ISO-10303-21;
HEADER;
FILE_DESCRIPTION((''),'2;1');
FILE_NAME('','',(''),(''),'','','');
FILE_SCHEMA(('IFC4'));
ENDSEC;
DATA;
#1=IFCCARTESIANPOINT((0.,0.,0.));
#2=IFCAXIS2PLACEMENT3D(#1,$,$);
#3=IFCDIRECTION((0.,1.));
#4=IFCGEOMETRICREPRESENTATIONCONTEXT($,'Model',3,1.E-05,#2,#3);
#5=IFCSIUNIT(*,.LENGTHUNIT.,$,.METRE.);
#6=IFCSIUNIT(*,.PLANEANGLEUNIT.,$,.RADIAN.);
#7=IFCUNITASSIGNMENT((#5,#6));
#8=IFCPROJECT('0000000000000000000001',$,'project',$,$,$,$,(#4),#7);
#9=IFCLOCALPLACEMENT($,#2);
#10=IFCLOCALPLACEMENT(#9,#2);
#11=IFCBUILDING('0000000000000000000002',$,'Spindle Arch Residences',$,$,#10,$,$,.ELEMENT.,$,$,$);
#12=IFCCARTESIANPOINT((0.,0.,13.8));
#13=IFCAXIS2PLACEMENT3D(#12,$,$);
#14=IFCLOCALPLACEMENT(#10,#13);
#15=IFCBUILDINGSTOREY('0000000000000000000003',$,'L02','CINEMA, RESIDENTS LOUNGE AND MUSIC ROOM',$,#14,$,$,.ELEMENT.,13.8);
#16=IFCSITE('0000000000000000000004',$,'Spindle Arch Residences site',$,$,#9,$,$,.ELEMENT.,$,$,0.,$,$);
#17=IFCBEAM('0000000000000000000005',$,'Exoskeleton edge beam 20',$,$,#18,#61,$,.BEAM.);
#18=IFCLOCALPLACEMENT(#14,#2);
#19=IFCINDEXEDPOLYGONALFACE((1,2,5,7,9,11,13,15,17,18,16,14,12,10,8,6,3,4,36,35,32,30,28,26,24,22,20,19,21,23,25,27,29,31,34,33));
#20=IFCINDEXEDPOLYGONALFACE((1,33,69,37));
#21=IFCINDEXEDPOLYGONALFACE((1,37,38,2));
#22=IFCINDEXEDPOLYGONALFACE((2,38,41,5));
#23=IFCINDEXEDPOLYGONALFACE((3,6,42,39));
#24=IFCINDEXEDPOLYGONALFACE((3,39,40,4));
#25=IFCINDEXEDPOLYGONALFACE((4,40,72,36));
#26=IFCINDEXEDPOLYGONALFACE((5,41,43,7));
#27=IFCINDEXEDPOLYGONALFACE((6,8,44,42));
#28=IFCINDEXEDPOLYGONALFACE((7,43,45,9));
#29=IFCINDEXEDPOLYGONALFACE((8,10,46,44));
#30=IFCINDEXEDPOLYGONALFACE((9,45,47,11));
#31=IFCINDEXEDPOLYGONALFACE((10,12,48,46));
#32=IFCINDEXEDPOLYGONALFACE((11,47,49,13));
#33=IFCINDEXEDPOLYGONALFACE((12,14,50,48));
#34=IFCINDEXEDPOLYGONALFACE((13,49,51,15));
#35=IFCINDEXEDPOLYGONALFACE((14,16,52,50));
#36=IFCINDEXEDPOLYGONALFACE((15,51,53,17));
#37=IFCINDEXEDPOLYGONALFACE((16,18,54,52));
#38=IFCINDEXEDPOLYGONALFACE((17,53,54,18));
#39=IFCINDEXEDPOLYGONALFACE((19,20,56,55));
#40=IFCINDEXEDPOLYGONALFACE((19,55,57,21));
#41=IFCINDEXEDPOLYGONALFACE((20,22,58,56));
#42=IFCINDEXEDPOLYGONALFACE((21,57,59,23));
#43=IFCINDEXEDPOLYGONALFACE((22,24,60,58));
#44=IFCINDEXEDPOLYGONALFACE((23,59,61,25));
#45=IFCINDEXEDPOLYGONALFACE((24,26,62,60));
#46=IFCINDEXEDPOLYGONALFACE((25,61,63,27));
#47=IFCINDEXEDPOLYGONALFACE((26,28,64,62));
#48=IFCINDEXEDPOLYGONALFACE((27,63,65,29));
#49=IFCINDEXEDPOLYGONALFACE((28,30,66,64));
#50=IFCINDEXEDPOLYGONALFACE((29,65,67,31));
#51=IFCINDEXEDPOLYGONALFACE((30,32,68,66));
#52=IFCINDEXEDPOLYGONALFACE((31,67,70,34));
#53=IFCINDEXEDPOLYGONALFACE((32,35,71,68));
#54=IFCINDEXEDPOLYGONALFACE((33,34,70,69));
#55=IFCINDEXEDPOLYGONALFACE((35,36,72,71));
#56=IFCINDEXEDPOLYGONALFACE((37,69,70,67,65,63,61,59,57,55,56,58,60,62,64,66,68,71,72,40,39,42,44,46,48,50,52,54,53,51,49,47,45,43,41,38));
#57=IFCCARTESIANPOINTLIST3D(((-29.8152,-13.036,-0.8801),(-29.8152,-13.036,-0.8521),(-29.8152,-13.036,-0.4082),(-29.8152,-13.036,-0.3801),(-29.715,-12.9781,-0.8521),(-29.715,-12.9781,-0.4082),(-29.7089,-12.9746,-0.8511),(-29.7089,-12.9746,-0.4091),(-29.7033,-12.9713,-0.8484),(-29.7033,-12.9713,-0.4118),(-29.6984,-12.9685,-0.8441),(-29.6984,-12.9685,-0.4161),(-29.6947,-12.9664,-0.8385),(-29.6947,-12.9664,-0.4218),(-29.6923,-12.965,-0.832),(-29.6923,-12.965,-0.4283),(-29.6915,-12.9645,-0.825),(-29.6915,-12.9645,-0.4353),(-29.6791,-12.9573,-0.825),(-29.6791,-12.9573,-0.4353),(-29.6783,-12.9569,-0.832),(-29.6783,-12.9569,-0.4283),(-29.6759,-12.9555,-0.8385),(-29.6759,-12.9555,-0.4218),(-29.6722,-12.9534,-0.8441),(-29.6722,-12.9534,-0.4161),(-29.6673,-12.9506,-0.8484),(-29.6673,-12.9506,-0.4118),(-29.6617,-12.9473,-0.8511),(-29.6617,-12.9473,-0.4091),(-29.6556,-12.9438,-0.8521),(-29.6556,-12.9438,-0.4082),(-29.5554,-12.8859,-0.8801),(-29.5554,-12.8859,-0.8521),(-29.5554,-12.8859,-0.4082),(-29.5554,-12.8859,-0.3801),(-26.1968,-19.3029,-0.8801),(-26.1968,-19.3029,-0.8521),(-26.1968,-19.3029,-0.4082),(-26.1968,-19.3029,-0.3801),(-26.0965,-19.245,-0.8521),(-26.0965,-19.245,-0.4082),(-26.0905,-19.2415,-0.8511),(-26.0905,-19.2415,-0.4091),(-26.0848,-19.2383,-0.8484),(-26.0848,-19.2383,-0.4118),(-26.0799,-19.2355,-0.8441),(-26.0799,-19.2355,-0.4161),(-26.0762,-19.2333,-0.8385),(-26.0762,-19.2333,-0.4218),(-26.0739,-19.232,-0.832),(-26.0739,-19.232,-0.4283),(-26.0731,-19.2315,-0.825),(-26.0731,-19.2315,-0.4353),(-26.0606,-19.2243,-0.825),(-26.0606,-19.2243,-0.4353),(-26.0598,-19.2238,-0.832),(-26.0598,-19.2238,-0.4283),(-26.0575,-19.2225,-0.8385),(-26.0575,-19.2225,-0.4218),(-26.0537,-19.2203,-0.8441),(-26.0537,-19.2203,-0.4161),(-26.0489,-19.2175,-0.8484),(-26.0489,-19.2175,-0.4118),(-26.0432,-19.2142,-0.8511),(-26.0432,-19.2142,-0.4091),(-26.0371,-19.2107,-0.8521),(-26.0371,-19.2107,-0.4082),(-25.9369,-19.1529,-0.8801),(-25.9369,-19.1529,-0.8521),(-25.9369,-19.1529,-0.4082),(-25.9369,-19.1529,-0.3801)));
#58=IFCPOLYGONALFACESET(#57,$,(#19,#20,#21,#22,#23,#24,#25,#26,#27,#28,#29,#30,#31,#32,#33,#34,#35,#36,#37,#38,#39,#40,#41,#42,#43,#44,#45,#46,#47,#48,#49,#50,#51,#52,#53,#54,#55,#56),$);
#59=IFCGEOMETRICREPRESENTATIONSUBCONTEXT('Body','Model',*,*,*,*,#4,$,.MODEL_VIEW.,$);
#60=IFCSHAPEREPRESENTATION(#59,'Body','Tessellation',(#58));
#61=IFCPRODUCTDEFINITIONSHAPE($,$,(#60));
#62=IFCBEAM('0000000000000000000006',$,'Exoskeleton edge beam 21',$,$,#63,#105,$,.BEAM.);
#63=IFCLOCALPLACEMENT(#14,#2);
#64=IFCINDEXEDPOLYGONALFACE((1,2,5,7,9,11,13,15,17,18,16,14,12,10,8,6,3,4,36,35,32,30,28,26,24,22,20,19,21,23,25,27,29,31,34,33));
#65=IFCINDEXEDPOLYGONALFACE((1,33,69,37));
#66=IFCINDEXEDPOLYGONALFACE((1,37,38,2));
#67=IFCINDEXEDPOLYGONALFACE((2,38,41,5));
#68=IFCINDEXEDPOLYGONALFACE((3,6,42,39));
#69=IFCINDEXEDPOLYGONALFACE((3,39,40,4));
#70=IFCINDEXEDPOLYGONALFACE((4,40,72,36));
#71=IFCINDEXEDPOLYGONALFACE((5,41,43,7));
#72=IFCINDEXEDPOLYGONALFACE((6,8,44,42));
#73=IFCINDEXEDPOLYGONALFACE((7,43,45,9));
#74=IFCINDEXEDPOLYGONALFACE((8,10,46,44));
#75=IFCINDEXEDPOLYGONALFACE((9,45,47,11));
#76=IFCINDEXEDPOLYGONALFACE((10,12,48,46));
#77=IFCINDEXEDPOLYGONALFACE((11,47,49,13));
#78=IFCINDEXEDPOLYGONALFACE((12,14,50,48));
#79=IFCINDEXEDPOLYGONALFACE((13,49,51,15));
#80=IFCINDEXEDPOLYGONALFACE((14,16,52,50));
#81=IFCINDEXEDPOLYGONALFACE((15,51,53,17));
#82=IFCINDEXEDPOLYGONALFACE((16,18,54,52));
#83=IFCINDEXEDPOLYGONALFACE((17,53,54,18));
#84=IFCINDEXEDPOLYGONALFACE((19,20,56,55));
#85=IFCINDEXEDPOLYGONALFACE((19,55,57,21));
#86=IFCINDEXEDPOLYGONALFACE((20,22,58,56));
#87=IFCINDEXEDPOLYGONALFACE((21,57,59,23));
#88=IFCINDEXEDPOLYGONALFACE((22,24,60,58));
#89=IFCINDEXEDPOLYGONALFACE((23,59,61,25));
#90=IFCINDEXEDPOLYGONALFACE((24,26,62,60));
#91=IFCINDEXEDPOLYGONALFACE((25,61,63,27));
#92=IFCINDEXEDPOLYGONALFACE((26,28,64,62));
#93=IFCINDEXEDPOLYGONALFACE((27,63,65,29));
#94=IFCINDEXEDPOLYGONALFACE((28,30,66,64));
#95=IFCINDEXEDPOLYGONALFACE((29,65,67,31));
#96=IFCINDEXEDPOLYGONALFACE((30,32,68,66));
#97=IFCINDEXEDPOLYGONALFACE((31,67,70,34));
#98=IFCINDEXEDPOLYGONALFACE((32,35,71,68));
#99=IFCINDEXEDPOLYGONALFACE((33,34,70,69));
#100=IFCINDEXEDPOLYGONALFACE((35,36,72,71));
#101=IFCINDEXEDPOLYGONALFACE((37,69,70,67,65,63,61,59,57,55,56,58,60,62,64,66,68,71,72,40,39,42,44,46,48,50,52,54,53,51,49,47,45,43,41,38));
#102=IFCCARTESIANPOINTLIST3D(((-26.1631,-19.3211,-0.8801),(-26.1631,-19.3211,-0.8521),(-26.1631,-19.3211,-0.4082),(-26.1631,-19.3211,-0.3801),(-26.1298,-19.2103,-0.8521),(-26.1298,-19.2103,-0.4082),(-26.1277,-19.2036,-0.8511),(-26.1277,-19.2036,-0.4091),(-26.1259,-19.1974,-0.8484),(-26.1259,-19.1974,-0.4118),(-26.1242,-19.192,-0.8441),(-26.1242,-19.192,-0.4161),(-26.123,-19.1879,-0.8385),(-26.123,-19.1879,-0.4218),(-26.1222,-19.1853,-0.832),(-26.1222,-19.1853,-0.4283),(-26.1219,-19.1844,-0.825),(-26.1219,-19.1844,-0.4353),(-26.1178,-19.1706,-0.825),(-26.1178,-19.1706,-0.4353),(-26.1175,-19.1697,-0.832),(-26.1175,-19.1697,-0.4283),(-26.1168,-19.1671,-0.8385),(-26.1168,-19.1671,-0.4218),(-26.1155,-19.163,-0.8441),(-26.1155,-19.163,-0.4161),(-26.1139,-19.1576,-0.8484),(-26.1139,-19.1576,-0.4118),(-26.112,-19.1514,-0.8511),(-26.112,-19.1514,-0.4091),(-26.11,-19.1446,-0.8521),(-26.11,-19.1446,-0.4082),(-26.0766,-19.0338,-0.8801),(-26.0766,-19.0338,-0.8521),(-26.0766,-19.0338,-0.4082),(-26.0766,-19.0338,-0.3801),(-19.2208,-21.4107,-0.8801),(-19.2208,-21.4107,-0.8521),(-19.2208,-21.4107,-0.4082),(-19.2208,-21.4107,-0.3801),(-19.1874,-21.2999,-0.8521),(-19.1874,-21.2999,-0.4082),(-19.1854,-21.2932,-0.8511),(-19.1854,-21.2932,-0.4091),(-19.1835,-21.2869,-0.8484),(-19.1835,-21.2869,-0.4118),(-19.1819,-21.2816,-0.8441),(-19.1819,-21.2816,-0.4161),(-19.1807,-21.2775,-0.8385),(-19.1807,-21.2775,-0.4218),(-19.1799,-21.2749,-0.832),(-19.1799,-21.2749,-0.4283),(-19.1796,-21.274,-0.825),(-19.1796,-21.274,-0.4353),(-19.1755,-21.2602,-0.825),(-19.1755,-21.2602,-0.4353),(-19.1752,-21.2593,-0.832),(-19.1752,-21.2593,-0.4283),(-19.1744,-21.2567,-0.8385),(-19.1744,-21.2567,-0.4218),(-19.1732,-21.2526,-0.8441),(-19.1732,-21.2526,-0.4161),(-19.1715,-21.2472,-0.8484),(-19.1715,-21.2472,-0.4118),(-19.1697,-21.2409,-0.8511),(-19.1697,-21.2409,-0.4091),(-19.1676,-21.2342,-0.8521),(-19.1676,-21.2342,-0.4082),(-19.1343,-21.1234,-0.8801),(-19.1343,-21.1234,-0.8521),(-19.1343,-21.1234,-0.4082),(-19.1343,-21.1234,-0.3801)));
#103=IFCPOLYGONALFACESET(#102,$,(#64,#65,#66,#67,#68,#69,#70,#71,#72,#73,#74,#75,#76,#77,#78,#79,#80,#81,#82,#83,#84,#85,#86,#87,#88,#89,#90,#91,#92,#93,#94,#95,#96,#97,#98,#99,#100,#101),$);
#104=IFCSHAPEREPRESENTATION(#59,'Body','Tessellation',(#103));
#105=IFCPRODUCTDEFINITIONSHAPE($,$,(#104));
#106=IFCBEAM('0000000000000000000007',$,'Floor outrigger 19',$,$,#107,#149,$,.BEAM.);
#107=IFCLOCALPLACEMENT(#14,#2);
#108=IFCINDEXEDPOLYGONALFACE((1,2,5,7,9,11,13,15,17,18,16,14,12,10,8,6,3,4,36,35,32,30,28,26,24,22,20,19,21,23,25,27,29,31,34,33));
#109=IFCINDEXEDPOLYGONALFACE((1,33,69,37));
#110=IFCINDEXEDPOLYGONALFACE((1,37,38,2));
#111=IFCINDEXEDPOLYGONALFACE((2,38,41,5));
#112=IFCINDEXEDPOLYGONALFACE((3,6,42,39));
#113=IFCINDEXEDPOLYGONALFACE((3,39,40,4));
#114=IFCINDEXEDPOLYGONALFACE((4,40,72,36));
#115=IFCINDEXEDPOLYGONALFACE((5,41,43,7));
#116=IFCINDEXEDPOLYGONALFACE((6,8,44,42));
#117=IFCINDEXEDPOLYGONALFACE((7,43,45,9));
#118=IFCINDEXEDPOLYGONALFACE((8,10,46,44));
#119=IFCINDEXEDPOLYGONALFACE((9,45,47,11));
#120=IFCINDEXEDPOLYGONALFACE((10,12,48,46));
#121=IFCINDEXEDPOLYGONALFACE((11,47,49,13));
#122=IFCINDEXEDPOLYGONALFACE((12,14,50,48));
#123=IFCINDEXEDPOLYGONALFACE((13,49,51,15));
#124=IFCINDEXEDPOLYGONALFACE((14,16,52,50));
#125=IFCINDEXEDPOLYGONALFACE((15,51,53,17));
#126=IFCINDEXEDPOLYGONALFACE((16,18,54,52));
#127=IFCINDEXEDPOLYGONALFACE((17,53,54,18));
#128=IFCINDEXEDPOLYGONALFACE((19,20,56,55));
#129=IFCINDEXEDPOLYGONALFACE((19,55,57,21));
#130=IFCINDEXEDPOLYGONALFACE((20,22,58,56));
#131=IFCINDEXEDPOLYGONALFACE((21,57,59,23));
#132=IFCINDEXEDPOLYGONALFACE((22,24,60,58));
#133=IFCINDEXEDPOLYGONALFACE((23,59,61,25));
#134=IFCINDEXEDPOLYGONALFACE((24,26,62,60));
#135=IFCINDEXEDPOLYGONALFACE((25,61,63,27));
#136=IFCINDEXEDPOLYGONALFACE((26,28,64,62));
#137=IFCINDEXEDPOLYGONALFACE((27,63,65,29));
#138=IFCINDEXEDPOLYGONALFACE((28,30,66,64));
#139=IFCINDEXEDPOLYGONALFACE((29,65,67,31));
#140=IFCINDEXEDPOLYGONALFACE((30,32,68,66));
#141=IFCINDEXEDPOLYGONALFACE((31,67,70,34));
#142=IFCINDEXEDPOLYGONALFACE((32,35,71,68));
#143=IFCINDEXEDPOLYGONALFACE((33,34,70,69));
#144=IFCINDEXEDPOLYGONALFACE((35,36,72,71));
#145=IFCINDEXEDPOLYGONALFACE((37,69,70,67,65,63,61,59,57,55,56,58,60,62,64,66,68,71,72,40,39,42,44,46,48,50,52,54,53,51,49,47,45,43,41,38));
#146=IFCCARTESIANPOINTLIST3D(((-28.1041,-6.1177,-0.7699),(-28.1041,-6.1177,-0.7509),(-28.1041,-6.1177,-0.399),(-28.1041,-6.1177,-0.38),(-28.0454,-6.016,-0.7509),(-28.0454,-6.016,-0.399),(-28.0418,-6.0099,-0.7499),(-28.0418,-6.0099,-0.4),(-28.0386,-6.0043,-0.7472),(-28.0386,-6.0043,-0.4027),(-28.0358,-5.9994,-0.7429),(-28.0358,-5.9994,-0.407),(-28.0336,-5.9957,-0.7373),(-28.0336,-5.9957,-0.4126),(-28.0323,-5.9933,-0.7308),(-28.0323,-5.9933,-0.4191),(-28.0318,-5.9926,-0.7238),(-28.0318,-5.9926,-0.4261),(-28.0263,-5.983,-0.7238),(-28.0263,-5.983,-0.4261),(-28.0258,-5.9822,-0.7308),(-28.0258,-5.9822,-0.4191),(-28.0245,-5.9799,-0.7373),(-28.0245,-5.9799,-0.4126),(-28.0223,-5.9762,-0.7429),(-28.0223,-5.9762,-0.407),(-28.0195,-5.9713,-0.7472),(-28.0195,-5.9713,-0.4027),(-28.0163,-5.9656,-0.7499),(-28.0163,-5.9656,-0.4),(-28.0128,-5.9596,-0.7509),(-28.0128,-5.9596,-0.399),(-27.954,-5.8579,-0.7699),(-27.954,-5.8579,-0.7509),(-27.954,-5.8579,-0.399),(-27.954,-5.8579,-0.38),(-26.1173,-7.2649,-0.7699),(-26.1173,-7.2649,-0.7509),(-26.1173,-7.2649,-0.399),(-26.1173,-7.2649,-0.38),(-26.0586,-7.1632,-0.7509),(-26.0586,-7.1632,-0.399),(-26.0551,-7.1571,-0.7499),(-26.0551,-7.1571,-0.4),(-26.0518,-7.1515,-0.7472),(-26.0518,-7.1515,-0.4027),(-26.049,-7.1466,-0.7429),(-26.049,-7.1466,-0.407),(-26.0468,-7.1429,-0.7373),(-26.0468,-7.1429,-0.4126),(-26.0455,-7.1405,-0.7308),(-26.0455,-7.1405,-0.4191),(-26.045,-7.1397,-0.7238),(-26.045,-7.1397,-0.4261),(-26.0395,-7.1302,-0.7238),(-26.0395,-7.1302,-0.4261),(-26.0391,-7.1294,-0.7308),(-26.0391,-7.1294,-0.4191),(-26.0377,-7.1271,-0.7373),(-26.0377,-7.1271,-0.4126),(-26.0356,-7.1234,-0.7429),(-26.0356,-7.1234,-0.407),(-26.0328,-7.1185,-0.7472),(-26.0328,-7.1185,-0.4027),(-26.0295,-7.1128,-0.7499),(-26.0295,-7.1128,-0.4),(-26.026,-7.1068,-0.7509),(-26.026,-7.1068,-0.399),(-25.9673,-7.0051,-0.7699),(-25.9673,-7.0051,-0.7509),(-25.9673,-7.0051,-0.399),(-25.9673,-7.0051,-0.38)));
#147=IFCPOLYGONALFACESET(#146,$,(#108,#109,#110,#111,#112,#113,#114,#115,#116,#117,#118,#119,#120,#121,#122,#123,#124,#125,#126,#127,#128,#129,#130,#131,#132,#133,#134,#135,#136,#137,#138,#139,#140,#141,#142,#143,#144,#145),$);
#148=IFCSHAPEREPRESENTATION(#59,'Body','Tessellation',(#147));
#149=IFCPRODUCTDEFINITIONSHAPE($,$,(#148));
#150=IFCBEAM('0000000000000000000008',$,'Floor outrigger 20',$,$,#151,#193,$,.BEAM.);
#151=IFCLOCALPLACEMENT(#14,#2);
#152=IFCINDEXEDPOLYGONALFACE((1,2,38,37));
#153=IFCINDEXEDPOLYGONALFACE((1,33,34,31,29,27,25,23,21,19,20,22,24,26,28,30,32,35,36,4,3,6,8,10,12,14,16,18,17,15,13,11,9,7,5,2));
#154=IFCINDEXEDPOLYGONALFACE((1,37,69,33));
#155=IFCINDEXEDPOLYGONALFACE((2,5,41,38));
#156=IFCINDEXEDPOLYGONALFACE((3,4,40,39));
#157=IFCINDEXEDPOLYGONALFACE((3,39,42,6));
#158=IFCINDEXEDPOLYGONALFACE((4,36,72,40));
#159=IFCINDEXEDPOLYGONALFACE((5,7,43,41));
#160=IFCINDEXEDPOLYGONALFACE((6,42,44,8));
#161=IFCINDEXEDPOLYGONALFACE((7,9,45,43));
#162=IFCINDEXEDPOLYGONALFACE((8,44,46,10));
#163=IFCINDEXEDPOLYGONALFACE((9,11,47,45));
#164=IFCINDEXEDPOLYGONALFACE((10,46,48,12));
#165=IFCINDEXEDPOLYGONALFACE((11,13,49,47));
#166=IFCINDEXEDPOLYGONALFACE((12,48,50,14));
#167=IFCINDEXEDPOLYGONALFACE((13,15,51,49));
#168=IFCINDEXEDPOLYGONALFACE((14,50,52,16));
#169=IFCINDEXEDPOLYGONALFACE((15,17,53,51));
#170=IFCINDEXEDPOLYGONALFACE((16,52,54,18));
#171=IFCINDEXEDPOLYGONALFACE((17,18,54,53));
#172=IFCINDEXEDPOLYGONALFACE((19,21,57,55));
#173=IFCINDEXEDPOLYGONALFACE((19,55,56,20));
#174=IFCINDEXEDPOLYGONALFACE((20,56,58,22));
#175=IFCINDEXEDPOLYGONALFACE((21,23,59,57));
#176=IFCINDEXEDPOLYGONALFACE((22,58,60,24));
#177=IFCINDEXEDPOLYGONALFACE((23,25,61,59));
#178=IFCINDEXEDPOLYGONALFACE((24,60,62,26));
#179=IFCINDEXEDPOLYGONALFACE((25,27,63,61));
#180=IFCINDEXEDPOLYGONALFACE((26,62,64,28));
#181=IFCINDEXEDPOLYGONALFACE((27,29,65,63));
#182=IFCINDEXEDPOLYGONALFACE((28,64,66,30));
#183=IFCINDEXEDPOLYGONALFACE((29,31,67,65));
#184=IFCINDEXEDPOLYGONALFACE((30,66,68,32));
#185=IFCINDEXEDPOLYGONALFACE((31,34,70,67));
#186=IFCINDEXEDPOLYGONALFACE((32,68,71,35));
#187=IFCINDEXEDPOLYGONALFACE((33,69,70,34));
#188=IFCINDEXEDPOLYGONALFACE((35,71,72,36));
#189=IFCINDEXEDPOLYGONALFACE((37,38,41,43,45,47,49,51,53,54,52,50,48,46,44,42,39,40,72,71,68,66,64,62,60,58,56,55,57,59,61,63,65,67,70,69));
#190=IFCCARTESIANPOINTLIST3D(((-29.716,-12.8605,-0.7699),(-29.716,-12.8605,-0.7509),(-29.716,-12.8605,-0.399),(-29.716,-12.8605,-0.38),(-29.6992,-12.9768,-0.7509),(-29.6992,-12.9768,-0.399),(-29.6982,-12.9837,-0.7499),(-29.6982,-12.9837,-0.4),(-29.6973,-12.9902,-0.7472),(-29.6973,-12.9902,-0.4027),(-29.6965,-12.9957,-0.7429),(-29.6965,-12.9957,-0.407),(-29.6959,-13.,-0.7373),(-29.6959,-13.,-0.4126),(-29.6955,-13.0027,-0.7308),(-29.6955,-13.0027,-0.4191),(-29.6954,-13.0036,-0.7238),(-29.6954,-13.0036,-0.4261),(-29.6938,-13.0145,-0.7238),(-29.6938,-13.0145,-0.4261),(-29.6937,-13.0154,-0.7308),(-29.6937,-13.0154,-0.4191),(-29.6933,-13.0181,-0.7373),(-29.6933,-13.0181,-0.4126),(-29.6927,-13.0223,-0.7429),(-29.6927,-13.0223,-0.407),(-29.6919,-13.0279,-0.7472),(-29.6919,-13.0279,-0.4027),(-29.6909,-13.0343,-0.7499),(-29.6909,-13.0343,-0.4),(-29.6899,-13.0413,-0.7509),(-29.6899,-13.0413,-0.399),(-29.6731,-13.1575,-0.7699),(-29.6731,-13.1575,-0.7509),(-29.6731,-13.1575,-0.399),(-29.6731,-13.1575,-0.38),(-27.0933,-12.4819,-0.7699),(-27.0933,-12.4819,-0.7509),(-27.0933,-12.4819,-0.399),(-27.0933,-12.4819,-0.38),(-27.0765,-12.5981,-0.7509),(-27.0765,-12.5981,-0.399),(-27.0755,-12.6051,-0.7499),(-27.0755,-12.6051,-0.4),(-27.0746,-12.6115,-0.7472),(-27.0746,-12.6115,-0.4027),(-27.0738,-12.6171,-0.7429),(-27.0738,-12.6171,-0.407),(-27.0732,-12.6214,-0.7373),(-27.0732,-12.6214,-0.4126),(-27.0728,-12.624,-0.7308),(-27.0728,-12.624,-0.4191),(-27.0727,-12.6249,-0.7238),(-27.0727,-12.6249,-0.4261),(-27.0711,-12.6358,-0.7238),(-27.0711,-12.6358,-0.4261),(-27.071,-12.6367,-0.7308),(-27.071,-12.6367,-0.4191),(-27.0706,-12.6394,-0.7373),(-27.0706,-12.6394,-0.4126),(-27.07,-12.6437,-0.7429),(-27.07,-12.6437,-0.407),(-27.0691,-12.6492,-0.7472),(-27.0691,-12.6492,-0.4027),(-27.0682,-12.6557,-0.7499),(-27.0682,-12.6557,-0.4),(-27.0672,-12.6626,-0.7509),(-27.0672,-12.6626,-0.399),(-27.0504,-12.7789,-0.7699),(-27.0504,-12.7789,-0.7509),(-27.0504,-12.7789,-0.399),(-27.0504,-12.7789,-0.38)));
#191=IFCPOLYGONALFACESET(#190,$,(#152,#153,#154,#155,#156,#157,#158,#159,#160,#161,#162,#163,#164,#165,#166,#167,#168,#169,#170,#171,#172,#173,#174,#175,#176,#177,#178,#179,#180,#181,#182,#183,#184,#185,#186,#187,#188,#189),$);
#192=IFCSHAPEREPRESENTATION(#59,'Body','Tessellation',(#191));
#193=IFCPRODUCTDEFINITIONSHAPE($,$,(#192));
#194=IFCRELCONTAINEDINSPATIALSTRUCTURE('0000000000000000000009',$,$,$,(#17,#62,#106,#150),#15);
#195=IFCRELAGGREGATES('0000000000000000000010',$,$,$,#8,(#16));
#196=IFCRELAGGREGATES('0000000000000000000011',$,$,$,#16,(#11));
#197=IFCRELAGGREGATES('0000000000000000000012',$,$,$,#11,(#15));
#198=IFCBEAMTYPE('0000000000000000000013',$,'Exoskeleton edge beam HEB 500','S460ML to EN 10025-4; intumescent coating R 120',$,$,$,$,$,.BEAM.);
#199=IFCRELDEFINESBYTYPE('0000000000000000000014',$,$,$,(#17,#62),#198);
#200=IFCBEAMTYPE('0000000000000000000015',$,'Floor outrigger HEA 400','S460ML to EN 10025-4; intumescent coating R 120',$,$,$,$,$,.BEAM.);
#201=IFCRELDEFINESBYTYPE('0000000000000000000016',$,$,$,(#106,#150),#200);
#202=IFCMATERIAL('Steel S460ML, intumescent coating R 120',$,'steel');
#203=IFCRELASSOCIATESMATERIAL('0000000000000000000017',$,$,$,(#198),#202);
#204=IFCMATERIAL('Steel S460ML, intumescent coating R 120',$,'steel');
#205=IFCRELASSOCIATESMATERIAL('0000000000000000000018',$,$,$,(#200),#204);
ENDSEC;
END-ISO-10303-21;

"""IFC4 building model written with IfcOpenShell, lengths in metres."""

from ifc_helpers import new_model, si_unit, direction, frame, origin, origin_2d, place, context, subcontext, project, spatial, i_section, extrude, material, material_profile, profile_set, type_object, element, save


model = new_model("IFC4")

# Units and contexts
model_context = context("Model", 3, precision=1e-05, world=origin(), true_north=direction((0.0, 1.0)))
body_context = subcontext(model_context, "Body", "Model", "MODEL_VIEW")
ifc_project = project(units=[si_unit("LENGTHUNIT", "METRE"), si_unit("PLANEANGLEUNIT", "RADIAN")], contexts=[model_context])

# Site, building, storey
site_placement = place(None, origin())
site = spatial("IfcSite", under=ifc_project, at=site_placement, Name="Spindle Arch Residences site", CompositionType="ELEMENT", RefElevation=0.0)
building_placement = place(site_placement, origin())
building = spatial("IfcBuilding", under=site, at=building_placement, Name="Spindle Arch Residences", CompositionType="ELEMENT")
storey_placement = place(building_placement, frame((0.0, 0.0, 13.8)))
storey = spatial("IfcBuildingStorey", under=building, at=storey_placement, Name="L02", Description="CINEMA, RESIDENTS LOUNGE AND MUSIC ROOM", CompositionType="ELEMENT", Elevation=13.8)

# Beams
ifc_material_1 = material(Name="Steel S460ML, intumescent coating R 120", Category="steel")
ifc_material_profile_1 = material_profile(ifc_material_1, i_section(OverallWidth=0.3, OverallDepth=0.5, WebThickness=0.0144, FlangeThickness=0.0281, FilletRadius=0.0271, at=origin_2d()), Name="HEB 500")
ifc_profile_set_1 = profile_set([ifc_material_profile_1], Name="Steel S460ML, intumescent coating R 120")
beam_type_1 = type_object("IfcBeamType", Name="Exoskeleton edge beam HEB 500", Description="S460ML to EN 10025-4; intumescent coating R 120", PredefinedType="BEAM", material=ifc_profile_set_1)
beam_1_placement = place(storey_placement, frame((-29.6853, -12.9609, -0.6301), z_axis=(0.500025, -0.866011, 0.0), x_axis=(0.866011, 0.500025, 0.0)))
element("IfcBeam", 1, at=beam_1_placement, inside=storey, type_object=beam_type_1, Name="Exoskeleton edge beam 20", PredefinedType="BEAM", context=body_context, shape_type="SweptSolid", body=[
    extrude(i_section(OverallWidth=0.3, OverallDepth=0.5, WebThickness=0.0144, FlangeThickness=0.0281, FilletRadius=0.0271, at=origin_2d()), origin(), (0.0, 0.0, 1.0), 7.2366),
])
beam_2_placement = place(storey_placement, frame((-26.1199, -19.1775, -0.6301), z_axis=(0.957565, -0.288219, 0.0), x_axis=(0.288219, 0.957565, 0.0)))
element("IfcBeam", 2, at=beam_2_placement, inside=storey, type_object=beam_type_1, Name="Exoskeleton edge beam 21", PredefinedType="BEAM", context=body_context, shape_type="SweptSolid", body=[
    extrude(i_section(OverallWidth=0.3, OverallDepth=0.5, WebThickness=0.0144, FlangeThickness=0.0281, FilletRadius=0.0271, at=origin_2d()), origin(), (0.0, 0.0, 1.0), 7.25),
])
ifc_material_2 = material(Name="Steel S460ML, intumescent coating R 120", Category="steel")
ifc_material_profile_2 = material_profile(ifc_material_2, i_section(OverallWidth=0.3, OverallDepth=0.3899, WebThickness=0.011, FlangeThickness=0.019, FilletRadius=0.0271, at=origin_2d()), Name="HEA 400")
ifc_profile_set_2 = profile_set([ifc_material_profile_2], Name="Steel S460ML, intumescent coating R 120")
beam_type_2 = type_object("IfcBeamType", Name="Floor outrigger HEA 400", Description="S460ML to EN 10025-4; intumescent coating R 120", PredefinedType="BEAM", material=ifc_profile_set_2)
beam_3_placement = place(storey_placement, frame((-28.0291, -5.9878, -0.575), z_axis=(0.866001, -0.500042, 0.0), x_axis=(0.500042, 0.866001, 0.0)))
element("IfcBeam", 3, at=beam_3_placement, inside=storey, type_object=beam_type_2, Name="Floor outrigger 19", PredefinedType="BEAM", context=body_context, shape_type="SweptSolid", body=[
    extrude(i_section(OverallWidth=0.3, OverallDepth=0.3899, WebThickness=0.011, FlangeThickness=0.019, FilletRadius=0.0271, at=origin_2d()), origin(), (0.0, 0.0, 1.0), 2.2942),
])
for number, where, z_axis, x_axis, name in (
    (4, (-29.6946, -13.009, -0.575), (0.989738, 0.142892, 0.0), (-0.142892, 0.989738, 0.0), "Floor outrigger 20"),
):
    element("IfcBeam", number, at=place(storey_placement, frame(where, z_axis=z_axis, x_axis=x_axis)), inside=storey, type_object=beam_type_2, Name=name, PredefinedType="BEAM", context=body_context, shape_type="SweptSolid", body=[
        extrude(i_section(OverallWidth=0.3, OverallDepth=0.3899, WebThickness=0.011, FlangeThickness=0.019, FilletRadius=0.0271, at=origin_2d()), origin(), (0.0, 0.0, 1.0), 2.6499),
    ])

save(model, "model.ifc")
